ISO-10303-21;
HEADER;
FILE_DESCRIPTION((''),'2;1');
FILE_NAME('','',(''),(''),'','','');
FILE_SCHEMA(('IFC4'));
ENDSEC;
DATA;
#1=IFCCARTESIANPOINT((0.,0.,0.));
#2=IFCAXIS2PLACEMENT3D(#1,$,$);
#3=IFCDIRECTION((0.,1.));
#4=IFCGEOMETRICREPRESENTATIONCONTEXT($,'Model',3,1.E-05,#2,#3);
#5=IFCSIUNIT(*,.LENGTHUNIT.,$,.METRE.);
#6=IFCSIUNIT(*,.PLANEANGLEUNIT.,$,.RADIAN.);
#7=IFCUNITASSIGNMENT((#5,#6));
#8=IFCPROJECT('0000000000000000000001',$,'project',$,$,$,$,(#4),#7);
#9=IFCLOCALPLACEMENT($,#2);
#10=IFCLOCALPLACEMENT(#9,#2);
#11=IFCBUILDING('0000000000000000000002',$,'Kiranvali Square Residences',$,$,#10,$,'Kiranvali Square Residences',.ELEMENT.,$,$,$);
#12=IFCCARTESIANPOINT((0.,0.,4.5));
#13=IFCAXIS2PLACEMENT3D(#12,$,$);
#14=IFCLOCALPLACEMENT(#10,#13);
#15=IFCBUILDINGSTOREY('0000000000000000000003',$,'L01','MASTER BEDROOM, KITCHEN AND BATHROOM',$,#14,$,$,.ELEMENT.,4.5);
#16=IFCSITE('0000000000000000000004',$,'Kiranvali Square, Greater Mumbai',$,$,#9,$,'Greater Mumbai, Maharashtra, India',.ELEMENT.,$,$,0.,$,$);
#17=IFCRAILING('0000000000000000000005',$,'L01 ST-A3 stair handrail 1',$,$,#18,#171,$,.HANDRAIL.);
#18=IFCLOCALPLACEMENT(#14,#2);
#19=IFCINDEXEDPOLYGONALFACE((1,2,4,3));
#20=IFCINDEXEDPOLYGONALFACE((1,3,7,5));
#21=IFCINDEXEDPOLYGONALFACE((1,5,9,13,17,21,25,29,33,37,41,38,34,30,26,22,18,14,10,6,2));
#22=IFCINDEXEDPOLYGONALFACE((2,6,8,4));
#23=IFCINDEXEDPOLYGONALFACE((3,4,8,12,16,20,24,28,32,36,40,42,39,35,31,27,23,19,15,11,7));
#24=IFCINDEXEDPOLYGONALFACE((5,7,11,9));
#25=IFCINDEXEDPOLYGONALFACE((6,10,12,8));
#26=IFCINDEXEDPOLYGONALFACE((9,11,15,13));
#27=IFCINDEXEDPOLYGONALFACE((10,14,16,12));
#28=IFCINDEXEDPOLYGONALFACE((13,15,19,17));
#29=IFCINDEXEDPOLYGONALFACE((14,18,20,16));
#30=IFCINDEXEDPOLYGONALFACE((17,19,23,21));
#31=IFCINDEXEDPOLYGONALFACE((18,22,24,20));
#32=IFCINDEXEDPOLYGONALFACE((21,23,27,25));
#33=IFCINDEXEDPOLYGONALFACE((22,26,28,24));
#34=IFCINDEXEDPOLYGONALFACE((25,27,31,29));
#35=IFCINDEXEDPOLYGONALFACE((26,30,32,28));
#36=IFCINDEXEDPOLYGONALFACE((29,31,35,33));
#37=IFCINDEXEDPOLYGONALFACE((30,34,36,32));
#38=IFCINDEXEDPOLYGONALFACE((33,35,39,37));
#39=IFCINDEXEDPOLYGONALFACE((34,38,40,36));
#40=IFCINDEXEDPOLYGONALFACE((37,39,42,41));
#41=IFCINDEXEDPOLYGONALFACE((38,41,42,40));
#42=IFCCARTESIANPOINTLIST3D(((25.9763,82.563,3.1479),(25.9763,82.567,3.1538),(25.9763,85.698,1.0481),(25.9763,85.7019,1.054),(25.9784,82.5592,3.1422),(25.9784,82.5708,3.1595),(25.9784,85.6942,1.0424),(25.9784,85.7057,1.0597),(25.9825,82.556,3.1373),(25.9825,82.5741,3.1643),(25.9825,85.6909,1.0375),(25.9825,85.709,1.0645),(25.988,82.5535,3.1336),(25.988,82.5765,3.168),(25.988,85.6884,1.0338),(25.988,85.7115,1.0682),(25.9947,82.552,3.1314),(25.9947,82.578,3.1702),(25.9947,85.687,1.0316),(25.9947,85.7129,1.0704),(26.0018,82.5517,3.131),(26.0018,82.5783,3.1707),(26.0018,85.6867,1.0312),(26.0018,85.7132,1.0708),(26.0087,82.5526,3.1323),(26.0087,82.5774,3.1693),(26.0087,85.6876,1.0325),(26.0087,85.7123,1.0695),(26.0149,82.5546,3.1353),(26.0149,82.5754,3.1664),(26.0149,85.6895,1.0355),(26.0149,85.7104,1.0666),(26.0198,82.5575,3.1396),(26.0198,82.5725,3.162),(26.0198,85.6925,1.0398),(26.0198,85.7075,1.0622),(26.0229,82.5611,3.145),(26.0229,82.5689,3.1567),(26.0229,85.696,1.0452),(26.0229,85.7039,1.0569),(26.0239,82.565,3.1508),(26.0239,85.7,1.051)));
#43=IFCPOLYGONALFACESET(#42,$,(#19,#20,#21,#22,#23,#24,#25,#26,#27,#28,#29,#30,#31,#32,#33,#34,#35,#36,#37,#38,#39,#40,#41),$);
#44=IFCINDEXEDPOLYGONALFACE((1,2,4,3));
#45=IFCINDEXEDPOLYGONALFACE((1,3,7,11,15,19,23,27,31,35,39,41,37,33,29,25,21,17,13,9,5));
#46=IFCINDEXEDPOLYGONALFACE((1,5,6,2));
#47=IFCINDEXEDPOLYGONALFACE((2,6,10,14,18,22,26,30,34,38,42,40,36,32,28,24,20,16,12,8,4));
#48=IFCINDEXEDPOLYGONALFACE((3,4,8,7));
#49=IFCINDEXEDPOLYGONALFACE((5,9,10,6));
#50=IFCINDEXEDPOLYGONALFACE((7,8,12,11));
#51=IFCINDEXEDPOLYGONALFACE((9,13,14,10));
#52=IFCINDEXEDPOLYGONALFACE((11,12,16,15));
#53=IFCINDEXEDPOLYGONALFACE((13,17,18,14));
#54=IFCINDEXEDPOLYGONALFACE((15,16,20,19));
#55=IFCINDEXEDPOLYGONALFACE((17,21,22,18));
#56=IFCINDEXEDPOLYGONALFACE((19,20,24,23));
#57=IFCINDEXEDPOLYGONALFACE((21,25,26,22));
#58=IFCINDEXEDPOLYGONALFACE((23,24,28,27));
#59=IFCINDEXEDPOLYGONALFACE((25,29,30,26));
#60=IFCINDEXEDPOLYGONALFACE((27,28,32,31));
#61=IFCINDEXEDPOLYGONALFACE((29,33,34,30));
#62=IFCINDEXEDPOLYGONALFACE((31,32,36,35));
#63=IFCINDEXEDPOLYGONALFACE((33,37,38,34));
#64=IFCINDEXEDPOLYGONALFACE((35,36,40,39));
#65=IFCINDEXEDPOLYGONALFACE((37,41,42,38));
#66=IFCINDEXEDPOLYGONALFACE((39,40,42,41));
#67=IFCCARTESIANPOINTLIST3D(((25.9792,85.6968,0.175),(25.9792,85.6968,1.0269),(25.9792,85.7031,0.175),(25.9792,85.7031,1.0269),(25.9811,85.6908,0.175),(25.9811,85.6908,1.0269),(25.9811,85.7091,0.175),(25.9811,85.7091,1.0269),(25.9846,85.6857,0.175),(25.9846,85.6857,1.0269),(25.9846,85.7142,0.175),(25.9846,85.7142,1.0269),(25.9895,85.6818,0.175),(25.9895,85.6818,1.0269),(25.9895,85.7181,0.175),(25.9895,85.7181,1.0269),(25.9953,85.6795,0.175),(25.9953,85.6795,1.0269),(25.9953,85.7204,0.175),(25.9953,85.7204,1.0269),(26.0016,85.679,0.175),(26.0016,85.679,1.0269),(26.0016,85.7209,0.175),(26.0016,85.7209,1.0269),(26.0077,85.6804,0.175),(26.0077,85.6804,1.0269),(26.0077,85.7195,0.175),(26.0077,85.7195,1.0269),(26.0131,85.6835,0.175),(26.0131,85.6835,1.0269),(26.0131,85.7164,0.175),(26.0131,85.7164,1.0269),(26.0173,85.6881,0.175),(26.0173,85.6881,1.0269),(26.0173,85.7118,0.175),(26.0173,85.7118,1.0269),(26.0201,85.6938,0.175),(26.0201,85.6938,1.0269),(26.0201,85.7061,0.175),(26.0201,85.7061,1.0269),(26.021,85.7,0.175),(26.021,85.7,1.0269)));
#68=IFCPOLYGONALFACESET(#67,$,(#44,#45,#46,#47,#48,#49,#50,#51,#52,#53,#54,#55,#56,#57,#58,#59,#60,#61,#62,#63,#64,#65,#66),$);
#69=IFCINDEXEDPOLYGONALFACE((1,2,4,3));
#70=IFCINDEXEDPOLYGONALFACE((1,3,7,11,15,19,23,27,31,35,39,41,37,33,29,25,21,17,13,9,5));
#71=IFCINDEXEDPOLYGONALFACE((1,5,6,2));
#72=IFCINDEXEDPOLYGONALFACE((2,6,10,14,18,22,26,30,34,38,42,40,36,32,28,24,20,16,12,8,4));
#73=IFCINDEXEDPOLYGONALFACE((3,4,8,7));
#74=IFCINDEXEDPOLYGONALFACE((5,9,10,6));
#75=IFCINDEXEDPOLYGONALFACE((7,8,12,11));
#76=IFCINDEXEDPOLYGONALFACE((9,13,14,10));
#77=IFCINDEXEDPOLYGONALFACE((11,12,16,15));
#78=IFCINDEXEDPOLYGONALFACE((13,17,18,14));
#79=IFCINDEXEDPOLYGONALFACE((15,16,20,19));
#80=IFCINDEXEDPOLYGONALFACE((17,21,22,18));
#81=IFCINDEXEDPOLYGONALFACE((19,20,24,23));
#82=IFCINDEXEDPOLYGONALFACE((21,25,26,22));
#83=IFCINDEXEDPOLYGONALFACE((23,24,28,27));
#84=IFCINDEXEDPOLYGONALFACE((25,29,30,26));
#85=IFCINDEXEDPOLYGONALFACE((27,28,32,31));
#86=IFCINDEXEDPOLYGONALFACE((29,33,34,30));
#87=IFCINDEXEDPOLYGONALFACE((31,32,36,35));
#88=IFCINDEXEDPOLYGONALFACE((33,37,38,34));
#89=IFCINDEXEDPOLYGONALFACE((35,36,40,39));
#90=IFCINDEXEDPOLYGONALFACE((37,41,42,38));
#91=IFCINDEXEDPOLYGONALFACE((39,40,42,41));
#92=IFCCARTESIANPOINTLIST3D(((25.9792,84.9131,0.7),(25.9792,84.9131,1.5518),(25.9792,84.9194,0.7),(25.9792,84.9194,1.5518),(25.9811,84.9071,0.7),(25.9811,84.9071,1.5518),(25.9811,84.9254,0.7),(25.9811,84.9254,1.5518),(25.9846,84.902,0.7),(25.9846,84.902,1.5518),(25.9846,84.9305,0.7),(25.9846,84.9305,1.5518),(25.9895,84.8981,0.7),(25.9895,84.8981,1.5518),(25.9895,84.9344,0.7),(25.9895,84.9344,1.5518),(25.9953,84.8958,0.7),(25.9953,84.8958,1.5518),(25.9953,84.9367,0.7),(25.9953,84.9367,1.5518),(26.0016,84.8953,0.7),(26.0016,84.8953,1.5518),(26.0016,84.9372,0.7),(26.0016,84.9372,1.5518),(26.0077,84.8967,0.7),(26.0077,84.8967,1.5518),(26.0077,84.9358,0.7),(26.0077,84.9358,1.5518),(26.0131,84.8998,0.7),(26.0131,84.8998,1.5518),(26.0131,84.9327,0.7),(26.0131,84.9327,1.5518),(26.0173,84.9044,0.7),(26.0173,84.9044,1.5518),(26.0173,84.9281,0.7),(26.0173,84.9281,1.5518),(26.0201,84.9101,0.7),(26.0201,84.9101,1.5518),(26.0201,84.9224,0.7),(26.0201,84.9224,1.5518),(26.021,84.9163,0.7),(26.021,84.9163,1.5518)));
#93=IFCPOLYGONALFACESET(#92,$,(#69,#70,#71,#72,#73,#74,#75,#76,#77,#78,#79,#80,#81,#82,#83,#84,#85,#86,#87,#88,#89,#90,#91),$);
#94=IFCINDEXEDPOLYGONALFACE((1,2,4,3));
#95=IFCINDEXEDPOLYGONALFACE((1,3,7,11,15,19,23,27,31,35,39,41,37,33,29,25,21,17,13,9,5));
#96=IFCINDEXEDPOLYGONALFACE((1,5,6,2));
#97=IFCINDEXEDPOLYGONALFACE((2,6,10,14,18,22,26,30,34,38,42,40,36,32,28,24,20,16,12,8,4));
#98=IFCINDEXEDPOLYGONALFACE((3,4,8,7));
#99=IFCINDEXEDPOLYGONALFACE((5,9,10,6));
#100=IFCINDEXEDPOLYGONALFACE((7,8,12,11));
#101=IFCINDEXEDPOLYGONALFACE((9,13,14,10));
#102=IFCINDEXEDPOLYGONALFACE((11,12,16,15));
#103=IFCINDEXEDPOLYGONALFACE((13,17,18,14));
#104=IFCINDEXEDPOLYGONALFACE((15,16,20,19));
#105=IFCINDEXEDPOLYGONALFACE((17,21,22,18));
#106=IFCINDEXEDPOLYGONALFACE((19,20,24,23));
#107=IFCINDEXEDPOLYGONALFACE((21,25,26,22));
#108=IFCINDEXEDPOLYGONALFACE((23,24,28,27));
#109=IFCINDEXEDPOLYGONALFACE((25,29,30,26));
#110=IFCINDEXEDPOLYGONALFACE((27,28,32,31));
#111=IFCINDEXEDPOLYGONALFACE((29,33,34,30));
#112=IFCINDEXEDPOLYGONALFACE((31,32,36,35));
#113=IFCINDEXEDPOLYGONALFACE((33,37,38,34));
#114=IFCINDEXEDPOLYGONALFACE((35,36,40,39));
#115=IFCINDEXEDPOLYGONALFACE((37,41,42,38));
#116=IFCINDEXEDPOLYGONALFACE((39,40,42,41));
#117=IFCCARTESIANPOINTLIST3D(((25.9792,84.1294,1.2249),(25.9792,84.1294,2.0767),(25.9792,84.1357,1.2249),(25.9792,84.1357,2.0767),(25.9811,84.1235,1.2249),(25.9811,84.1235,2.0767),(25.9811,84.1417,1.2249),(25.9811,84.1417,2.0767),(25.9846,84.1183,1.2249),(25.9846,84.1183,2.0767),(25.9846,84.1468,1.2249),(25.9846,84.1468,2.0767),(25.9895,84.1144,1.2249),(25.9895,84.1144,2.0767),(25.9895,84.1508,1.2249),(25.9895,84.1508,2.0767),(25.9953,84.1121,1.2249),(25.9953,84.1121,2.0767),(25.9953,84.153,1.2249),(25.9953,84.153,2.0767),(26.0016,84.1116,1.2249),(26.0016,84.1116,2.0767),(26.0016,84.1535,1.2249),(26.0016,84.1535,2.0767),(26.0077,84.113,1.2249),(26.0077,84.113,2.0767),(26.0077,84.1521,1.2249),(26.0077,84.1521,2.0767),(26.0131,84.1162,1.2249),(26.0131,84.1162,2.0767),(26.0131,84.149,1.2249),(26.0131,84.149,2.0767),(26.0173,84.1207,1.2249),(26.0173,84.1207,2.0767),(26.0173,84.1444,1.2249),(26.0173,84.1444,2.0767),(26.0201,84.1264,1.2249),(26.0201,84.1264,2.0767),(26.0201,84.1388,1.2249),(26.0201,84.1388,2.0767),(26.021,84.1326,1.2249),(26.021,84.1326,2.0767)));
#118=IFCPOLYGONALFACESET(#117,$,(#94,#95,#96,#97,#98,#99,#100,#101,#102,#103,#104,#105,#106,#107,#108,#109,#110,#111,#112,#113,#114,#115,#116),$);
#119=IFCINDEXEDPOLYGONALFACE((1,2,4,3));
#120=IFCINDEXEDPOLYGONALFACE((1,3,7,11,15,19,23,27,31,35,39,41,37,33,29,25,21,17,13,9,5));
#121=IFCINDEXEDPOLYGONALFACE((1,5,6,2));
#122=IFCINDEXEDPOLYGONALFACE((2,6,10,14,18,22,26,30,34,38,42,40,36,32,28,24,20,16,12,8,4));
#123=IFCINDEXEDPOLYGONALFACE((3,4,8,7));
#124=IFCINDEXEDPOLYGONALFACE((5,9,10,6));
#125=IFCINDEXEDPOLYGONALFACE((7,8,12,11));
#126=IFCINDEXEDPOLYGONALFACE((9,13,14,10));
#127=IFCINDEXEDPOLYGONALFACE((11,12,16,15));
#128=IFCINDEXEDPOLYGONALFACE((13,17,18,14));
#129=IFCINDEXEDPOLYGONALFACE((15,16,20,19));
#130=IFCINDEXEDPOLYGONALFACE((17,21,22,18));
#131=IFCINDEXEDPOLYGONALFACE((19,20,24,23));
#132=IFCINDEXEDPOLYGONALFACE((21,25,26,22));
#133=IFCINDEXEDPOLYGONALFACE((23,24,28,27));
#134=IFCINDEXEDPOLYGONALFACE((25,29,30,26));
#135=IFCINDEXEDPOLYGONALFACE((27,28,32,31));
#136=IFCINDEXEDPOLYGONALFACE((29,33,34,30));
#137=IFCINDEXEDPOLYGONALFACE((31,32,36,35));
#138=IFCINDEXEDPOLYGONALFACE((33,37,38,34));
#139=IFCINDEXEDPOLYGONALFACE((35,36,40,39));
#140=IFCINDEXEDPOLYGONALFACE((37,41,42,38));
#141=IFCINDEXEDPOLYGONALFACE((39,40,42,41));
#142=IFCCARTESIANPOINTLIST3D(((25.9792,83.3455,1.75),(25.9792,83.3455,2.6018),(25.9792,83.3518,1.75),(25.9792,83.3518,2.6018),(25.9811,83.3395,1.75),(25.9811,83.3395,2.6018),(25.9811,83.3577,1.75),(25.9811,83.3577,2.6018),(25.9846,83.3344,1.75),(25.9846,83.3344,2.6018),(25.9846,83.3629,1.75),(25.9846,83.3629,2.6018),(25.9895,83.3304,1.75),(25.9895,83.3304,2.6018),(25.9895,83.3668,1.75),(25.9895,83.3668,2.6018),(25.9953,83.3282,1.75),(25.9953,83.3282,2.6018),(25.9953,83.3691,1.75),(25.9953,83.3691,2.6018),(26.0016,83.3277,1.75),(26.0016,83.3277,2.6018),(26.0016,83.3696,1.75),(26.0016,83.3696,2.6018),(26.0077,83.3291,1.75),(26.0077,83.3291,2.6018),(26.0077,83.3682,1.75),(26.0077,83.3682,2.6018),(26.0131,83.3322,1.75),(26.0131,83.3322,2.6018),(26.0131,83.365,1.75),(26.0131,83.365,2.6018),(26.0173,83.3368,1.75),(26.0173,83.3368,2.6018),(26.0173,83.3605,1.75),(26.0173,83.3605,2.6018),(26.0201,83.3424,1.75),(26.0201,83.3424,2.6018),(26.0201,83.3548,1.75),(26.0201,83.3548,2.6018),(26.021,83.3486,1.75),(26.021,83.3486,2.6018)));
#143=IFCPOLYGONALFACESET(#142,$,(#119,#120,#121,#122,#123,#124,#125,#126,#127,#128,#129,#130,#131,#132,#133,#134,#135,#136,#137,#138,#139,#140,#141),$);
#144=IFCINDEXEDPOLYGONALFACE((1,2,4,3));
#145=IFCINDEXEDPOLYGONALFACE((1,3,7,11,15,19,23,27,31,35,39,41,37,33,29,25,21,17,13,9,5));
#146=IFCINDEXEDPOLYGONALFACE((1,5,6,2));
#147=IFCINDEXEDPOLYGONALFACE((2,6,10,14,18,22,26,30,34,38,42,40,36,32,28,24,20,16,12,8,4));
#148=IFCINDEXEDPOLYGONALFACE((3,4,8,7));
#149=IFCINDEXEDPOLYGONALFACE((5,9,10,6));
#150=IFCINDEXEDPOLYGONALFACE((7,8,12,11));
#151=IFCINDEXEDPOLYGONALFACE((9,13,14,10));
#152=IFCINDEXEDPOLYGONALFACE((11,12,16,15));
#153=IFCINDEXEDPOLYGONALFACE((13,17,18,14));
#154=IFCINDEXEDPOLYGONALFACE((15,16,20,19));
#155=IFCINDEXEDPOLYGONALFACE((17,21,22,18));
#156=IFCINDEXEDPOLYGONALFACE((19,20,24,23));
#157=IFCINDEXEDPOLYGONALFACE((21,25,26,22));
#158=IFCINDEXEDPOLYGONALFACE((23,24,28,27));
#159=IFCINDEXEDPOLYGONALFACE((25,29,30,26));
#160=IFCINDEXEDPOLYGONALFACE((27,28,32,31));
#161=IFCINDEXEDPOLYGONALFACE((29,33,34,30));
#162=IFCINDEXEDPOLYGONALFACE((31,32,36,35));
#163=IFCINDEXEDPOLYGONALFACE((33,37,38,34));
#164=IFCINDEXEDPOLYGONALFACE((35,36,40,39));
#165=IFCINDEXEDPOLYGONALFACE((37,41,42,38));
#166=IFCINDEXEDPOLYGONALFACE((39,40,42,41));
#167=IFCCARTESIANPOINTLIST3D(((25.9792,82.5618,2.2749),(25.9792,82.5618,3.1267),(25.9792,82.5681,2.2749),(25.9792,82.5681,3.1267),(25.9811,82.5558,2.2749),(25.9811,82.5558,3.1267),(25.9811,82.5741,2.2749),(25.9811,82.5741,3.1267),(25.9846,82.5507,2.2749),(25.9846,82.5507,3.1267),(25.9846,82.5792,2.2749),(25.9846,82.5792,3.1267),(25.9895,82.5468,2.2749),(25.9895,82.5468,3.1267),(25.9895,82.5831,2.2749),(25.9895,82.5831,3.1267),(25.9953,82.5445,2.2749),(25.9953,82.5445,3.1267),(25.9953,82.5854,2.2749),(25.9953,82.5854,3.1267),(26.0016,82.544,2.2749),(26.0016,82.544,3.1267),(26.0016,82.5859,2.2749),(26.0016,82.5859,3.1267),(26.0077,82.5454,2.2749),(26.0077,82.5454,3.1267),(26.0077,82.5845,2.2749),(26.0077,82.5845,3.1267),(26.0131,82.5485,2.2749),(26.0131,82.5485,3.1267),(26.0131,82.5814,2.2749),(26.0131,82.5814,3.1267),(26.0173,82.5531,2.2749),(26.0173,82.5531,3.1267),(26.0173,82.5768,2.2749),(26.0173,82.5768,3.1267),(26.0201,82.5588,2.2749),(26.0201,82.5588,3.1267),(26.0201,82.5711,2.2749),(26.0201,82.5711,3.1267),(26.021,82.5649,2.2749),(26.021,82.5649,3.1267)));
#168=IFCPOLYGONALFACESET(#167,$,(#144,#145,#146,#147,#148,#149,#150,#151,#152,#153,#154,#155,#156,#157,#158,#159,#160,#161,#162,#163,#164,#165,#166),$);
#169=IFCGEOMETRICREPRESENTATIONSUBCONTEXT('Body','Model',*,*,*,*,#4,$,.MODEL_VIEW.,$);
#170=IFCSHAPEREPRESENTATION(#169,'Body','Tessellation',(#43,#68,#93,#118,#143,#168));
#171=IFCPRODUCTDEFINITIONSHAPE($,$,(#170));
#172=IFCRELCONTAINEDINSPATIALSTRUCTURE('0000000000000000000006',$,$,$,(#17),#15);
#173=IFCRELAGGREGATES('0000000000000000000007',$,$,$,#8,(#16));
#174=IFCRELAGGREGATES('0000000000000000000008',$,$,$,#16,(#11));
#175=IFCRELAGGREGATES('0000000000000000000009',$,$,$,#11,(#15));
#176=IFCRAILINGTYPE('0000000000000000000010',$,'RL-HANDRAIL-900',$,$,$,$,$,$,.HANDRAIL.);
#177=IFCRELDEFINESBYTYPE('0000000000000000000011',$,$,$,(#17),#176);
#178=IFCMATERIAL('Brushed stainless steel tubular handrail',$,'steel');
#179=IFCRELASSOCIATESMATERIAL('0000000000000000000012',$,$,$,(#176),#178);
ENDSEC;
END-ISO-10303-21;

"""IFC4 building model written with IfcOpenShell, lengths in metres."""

from ifc_helpers import new_model, si_unit, direction, frame, origin, origin_2d, place, context, subcontext, project, spatial, circle, extrude, material, type_object, element, save


model = new_model("IFC4")

# Units and contexts
model_context = context("Model", 3, precision=1e-05, world=origin(), true_north=direction((0.0, 1.0)))
body_context = subcontext(model_context, "Body", "Model", "MODEL_VIEW")
ifc_project = project(units=[si_unit("LENGTHUNIT", "METRE"), si_unit("PLANEANGLEUNIT", "RADIAN")], contexts=[model_context])

# Site, building, storey
site_placement = place(None, origin())
site = spatial("IfcSite", under=ifc_project, at=site_placement, Name="Kiranvali Square, Greater Mumbai", LongName="Greater Mumbai, Maharashtra, India", CompositionType="ELEMENT", RefElevation=0.0)
building_placement = place(site_placement, origin())
building = spatial("IfcBuilding", under=site, at=building_placement, Name="Kiranvali Square Residences", LongName="Kiranvali Square Residences", CompositionType="ELEMENT")
storey_placement = place(building_placement, frame((0.0, 0.0, 4.5)))
storey = spatial("IfcBuildingStorey", under=building, at=storey_placement, Name="L01", Description="MASTER BEDROOM, KITCHEN AND BATHROOM", CompositionType="ELEMENT", Elevation=4.5)

# Railing
ifc_material_1 = material(Name="Brushed stainless steel tubular handrail", Category="steel")
railing_type_1 = type_object("IfcRailingType", Name="RL-HANDRAIL-900", PredefinedType="HANDRAIL", material=ifc_material_1)
railing_1_placement = place(storey_placement, frame((26.0, 85.7, 0.175)))
element("IfcRailing", 1, at=railing_1_placement, inside=storey, type_object=railing_type_1, Name="L01 ST-A3 stair handrail 1", PredefinedType="HANDRAIL", context=body_context, shape_type="SweptSolid", body=[
    extrude(circle(Radius=0.0239, at=origin_2d()), frame((0.0, 0.0, 0.876), z_axis=(0.0, -0.830844, 0.556506), x_axis=(1.0, 0.0, 0.0)), (0.0, 0.0, 1.0), 3.7732),
    extrude(circle(Radius=0.021, at=origin_2d()), origin(), (0.0, 0.0, 1.0), 0.8518),
    extrude(circle(Radius=0.021, at=origin_2d()), frame((0.0, -0.7837, 0.5249)), (0.0, 0.0, 1.0), 0.8518),
    extrude(circle(Radius=0.021, at=origin_2d()), frame((0.0, -1.5674, 1.0498)), (0.0, 0.0, 1.0), 0.8518),
    extrude(circle(Radius=0.021, at=origin_2d()), frame((0.0, -2.3513, 1.575)), (0.0, 0.0, 1.0), 0.8518),
    extrude(circle(Radius=0.021, at=origin_2d()), frame((0.0, -3.135, 2.0999)), (0.0, 0.0, 1.0), 0.8518),
])

save(model, "model.ifc")
